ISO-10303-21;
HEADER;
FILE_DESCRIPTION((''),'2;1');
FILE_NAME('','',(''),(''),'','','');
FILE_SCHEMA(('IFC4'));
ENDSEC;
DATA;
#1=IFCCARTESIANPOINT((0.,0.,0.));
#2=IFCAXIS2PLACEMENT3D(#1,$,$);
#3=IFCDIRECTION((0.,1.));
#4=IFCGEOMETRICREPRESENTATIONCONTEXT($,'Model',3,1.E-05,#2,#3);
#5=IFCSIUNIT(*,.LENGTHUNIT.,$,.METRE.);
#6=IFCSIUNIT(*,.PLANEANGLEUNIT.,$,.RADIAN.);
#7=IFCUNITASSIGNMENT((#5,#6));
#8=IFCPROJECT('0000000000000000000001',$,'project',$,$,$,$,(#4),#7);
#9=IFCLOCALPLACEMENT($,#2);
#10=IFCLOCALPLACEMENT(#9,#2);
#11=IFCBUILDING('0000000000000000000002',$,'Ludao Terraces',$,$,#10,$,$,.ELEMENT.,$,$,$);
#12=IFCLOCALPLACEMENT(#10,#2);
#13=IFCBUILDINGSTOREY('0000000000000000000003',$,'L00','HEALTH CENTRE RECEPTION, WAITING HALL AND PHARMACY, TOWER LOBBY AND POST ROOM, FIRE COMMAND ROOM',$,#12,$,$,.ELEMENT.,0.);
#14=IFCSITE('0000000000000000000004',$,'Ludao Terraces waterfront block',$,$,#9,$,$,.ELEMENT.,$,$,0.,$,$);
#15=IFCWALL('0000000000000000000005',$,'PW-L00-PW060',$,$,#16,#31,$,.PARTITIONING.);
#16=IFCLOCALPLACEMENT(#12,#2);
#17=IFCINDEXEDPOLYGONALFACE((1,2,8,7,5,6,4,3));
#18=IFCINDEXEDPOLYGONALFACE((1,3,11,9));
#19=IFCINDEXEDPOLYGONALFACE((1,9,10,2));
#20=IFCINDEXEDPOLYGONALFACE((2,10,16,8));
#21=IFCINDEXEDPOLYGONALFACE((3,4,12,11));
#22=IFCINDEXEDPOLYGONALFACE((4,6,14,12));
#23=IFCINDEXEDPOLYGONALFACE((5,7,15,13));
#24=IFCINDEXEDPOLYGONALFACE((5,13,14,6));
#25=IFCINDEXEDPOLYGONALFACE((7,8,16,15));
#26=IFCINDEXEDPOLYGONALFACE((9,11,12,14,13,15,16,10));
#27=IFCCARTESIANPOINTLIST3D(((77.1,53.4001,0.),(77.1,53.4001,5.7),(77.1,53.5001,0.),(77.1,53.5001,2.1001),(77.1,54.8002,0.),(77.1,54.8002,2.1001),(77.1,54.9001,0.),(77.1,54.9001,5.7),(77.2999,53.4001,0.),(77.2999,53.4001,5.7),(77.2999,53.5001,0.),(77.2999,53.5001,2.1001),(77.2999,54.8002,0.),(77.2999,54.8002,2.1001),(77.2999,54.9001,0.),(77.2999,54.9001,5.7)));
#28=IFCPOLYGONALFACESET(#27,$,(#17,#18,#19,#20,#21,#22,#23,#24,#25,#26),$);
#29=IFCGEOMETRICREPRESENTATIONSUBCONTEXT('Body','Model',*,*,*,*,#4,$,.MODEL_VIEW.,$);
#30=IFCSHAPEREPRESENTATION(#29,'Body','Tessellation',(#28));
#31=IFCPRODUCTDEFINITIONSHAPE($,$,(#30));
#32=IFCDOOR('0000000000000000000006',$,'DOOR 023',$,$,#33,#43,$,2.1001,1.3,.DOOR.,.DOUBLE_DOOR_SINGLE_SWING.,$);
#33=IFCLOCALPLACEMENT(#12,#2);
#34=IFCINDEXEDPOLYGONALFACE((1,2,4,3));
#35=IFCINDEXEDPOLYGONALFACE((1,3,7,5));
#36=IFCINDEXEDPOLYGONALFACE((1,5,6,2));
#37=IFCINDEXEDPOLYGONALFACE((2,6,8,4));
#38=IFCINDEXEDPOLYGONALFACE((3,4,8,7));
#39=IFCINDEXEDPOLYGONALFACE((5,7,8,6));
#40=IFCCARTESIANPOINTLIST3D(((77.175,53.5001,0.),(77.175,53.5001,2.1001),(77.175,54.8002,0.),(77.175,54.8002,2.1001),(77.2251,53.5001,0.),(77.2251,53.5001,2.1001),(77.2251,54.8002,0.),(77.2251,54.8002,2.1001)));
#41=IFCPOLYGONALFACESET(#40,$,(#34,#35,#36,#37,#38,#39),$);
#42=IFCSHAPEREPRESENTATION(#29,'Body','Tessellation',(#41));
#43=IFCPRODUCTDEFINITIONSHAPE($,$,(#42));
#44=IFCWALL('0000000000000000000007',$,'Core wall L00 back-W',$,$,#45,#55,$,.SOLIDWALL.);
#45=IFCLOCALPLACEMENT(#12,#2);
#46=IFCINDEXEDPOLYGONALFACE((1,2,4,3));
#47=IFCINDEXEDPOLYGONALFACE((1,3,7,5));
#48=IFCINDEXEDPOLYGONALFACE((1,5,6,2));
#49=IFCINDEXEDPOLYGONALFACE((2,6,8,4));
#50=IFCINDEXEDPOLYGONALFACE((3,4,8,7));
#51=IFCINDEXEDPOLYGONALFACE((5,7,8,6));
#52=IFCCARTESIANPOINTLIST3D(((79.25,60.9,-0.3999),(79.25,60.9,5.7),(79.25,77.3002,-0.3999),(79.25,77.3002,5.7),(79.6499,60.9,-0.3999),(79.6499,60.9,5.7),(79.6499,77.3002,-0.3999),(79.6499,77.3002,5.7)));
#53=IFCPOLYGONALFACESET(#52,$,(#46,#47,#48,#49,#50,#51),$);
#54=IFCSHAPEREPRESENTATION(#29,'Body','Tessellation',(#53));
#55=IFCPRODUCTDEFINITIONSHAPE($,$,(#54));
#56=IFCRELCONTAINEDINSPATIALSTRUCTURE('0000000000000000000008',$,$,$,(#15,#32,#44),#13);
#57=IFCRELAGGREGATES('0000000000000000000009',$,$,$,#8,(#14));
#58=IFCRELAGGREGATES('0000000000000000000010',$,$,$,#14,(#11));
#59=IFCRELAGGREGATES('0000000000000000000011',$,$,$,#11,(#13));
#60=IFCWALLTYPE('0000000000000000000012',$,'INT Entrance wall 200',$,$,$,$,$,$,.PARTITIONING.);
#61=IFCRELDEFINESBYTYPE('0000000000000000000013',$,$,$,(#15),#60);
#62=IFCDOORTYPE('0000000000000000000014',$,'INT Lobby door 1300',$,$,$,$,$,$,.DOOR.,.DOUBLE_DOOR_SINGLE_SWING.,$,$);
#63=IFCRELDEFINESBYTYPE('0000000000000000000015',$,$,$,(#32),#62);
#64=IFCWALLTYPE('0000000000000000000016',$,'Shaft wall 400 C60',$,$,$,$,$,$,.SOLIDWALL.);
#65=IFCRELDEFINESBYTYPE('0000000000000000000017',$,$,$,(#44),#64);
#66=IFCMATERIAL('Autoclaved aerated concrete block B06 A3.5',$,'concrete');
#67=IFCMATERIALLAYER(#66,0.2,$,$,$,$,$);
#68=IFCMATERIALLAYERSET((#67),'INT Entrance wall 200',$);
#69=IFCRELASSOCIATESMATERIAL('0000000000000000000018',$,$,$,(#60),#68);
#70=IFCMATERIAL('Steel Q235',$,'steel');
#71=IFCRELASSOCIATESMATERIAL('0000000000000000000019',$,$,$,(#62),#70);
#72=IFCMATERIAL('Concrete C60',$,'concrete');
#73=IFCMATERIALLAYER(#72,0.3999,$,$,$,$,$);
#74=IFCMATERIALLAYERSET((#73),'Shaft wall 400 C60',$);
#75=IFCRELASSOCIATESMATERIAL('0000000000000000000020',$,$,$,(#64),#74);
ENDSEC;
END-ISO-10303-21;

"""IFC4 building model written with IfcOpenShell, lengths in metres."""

from ifc_helpers import new_model, si_unit, direction, frame, frame_2d, origin, place, context, subcontext, project, spatial, rectangle, extrude, material, layer, layer_set, type_object, element, fill, save


model = new_model("IFC4")

# Units and contexts
model_context = context("Model", 3, precision=1e-05, world=origin(), true_north=direction((0.0, 1.0)))
body_context = subcontext(model_context, "Body", "Model", "MODEL_VIEW")
ifc_project = project(units=[si_unit("LENGTHUNIT", "METRE"), si_unit("PLANEANGLEUNIT", "RADIAN")], contexts=[model_context])

# Site, building, storey
site_placement = place(None, origin())
site = spatial("IfcSite", under=ifc_project, at=site_placement, Name="Ludao Terraces waterfront block", CompositionType="ELEMENT", RefElevation=0.0)
building_placement = place(site_placement, origin())
building = spatial("IfcBuilding", under=site, at=building_placement, Name="Ludao Terraces", CompositionType="ELEMENT")
storey_placement = place(building_placement, origin())
storey = spatial("IfcBuildingStorey", under=building, at=storey_placement, Name="L00", Description="HEALTH CENTRE RECEPTION, WAITING HALL AND PHARMACY, TOWER LOBBY AND POST ROOM, FIRE COMMAND ROOM", CompositionType="ELEMENT", Elevation=0.0)

# Shared definitions
ifc_material_1 = material(Name="Concrete C60", Category="concrete")

# Shared definitions
ifc_material_2 = material(Name="Steel Q235", Category="steel")

# Shared definitions
ifc_material_3 = material(Name="Autoclaved aerated concrete block B06 A3.5", Category="concrete")
ifc_layer_1 = layer(ifc_material_3, 0.2)
ifc_layer_set_1 = layer_set([ifc_layer_1], Name="INT Entrance wall 200")
wall_type_1 = type_object("IfcWallType", Name="INT Entrance wall 200", PredefinedType="PARTITIONING", material=ifc_layer_set_1)

# Wall, opening, door
wall_1_placement = place(storey_placement, frame((77.2, 53.4001, 0.0), z_axis=(0.0, 0.0, 1.0), x_axis=(0.0, 1.0, 0.0)))
wall_1 = element("IfcWall", 1, at=wall_1_placement, inside=storey, type_object=wall_type_1, Name="PW-L00-PW060", PredefinedType="PARTITIONING", context=body_context, shape_type="SweptSolid", body=[
    extrude(rectangle(XDim=1.5, YDim=0.2, at=frame_2d((0.75, 0.0))), origin(), (0.0, 0.0, 1.0), 5.7),
])
opening_1_placement = place(wall_1_placement, frame((0.1001, 0.0, 0.0)))
opening_1 = element("IfcOpeningElement", 2, at=opening_1_placement, cuts=wall_1, PredefinedType="OPENING", context=body_context, shape_type="SweptSolid", body=[
    extrude(rectangle(XDim=1.3, YDim=2.1001, at=frame_2d((0.6499, 1.05))), frame((0.0, 0.1099, 0.0), z_axis=(0.0, -1.0, 0.0), x_axis=(1.0, 0.0, 0.0)), (0.0, 0.0, 1.0), 0.22),
])
door_type_1 = type_object("IfcDoorType", Name="INT Lobby door 1300", OperationType="DOUBLE_DOOR_SINGLE_SWING", PredefinedType="DOOR", material=ifc_material_2)
door_1_placement = place(opening_1_placement, origin())
door_1 = element("IfcDoor", 3, at=door_1_placement, inside=storey, type_object=door_type_1, Name="DOOR 023", OperationType="DOUBLE_DOOR_SINGLE_SWING", OverallHeight=2.1001, OverallWidth=1.3, PredefinedType="DOOR", context=body_context, shape_type="SweptSolid", body=[
    extrude(rectangle(XDim=1.3, YDim=2.1001, at=frame_2d((0.6499, 1.05))), frame((0.0, 0.0249, 0.0), z_axis=(0.0, -1.0, 0.0), x_axis=(1.0, 0.0, 0.0)), (0.0, 0.0, 1.0), 0.05),
])
fill(opening_1, door_1)

# Wall
ifc_layer_2 = layer(ifc_material_1, 0.3999)
ifc_layer_set_2 = layer_set([ifc_layer_2], Name="Shaft wall 400 C60")
wall_type_2 = type_object("IfcWallType", Name="Shaft wall 400 C60", PredefinedType="SOLIDWALL", material=ifc_layer_set_2)
wall_2_placement = place(storey_placement, frame((79.45, 60.8999, -0.3999), z_axis=(0.0, 0.0, 1.0), x_axis=(0.0, 1.0, 0.0)))
element("IfcWall", 4, at=wall_2_placement, inside=storey, type_object=wall_type_2, Name="Core wall L00 back-W", PredefinedType="SOLIDWALL", context=body_context, shape_type="SweptSolid", body=[
    extrude(rectangle(XDim=16.4001, YDim=0.3999, at=frame_2d((8.2002, 0.0))), origin(), (0.0, 0.0, 1.0), 6.0999),
])

save(model, "model.ifc")
